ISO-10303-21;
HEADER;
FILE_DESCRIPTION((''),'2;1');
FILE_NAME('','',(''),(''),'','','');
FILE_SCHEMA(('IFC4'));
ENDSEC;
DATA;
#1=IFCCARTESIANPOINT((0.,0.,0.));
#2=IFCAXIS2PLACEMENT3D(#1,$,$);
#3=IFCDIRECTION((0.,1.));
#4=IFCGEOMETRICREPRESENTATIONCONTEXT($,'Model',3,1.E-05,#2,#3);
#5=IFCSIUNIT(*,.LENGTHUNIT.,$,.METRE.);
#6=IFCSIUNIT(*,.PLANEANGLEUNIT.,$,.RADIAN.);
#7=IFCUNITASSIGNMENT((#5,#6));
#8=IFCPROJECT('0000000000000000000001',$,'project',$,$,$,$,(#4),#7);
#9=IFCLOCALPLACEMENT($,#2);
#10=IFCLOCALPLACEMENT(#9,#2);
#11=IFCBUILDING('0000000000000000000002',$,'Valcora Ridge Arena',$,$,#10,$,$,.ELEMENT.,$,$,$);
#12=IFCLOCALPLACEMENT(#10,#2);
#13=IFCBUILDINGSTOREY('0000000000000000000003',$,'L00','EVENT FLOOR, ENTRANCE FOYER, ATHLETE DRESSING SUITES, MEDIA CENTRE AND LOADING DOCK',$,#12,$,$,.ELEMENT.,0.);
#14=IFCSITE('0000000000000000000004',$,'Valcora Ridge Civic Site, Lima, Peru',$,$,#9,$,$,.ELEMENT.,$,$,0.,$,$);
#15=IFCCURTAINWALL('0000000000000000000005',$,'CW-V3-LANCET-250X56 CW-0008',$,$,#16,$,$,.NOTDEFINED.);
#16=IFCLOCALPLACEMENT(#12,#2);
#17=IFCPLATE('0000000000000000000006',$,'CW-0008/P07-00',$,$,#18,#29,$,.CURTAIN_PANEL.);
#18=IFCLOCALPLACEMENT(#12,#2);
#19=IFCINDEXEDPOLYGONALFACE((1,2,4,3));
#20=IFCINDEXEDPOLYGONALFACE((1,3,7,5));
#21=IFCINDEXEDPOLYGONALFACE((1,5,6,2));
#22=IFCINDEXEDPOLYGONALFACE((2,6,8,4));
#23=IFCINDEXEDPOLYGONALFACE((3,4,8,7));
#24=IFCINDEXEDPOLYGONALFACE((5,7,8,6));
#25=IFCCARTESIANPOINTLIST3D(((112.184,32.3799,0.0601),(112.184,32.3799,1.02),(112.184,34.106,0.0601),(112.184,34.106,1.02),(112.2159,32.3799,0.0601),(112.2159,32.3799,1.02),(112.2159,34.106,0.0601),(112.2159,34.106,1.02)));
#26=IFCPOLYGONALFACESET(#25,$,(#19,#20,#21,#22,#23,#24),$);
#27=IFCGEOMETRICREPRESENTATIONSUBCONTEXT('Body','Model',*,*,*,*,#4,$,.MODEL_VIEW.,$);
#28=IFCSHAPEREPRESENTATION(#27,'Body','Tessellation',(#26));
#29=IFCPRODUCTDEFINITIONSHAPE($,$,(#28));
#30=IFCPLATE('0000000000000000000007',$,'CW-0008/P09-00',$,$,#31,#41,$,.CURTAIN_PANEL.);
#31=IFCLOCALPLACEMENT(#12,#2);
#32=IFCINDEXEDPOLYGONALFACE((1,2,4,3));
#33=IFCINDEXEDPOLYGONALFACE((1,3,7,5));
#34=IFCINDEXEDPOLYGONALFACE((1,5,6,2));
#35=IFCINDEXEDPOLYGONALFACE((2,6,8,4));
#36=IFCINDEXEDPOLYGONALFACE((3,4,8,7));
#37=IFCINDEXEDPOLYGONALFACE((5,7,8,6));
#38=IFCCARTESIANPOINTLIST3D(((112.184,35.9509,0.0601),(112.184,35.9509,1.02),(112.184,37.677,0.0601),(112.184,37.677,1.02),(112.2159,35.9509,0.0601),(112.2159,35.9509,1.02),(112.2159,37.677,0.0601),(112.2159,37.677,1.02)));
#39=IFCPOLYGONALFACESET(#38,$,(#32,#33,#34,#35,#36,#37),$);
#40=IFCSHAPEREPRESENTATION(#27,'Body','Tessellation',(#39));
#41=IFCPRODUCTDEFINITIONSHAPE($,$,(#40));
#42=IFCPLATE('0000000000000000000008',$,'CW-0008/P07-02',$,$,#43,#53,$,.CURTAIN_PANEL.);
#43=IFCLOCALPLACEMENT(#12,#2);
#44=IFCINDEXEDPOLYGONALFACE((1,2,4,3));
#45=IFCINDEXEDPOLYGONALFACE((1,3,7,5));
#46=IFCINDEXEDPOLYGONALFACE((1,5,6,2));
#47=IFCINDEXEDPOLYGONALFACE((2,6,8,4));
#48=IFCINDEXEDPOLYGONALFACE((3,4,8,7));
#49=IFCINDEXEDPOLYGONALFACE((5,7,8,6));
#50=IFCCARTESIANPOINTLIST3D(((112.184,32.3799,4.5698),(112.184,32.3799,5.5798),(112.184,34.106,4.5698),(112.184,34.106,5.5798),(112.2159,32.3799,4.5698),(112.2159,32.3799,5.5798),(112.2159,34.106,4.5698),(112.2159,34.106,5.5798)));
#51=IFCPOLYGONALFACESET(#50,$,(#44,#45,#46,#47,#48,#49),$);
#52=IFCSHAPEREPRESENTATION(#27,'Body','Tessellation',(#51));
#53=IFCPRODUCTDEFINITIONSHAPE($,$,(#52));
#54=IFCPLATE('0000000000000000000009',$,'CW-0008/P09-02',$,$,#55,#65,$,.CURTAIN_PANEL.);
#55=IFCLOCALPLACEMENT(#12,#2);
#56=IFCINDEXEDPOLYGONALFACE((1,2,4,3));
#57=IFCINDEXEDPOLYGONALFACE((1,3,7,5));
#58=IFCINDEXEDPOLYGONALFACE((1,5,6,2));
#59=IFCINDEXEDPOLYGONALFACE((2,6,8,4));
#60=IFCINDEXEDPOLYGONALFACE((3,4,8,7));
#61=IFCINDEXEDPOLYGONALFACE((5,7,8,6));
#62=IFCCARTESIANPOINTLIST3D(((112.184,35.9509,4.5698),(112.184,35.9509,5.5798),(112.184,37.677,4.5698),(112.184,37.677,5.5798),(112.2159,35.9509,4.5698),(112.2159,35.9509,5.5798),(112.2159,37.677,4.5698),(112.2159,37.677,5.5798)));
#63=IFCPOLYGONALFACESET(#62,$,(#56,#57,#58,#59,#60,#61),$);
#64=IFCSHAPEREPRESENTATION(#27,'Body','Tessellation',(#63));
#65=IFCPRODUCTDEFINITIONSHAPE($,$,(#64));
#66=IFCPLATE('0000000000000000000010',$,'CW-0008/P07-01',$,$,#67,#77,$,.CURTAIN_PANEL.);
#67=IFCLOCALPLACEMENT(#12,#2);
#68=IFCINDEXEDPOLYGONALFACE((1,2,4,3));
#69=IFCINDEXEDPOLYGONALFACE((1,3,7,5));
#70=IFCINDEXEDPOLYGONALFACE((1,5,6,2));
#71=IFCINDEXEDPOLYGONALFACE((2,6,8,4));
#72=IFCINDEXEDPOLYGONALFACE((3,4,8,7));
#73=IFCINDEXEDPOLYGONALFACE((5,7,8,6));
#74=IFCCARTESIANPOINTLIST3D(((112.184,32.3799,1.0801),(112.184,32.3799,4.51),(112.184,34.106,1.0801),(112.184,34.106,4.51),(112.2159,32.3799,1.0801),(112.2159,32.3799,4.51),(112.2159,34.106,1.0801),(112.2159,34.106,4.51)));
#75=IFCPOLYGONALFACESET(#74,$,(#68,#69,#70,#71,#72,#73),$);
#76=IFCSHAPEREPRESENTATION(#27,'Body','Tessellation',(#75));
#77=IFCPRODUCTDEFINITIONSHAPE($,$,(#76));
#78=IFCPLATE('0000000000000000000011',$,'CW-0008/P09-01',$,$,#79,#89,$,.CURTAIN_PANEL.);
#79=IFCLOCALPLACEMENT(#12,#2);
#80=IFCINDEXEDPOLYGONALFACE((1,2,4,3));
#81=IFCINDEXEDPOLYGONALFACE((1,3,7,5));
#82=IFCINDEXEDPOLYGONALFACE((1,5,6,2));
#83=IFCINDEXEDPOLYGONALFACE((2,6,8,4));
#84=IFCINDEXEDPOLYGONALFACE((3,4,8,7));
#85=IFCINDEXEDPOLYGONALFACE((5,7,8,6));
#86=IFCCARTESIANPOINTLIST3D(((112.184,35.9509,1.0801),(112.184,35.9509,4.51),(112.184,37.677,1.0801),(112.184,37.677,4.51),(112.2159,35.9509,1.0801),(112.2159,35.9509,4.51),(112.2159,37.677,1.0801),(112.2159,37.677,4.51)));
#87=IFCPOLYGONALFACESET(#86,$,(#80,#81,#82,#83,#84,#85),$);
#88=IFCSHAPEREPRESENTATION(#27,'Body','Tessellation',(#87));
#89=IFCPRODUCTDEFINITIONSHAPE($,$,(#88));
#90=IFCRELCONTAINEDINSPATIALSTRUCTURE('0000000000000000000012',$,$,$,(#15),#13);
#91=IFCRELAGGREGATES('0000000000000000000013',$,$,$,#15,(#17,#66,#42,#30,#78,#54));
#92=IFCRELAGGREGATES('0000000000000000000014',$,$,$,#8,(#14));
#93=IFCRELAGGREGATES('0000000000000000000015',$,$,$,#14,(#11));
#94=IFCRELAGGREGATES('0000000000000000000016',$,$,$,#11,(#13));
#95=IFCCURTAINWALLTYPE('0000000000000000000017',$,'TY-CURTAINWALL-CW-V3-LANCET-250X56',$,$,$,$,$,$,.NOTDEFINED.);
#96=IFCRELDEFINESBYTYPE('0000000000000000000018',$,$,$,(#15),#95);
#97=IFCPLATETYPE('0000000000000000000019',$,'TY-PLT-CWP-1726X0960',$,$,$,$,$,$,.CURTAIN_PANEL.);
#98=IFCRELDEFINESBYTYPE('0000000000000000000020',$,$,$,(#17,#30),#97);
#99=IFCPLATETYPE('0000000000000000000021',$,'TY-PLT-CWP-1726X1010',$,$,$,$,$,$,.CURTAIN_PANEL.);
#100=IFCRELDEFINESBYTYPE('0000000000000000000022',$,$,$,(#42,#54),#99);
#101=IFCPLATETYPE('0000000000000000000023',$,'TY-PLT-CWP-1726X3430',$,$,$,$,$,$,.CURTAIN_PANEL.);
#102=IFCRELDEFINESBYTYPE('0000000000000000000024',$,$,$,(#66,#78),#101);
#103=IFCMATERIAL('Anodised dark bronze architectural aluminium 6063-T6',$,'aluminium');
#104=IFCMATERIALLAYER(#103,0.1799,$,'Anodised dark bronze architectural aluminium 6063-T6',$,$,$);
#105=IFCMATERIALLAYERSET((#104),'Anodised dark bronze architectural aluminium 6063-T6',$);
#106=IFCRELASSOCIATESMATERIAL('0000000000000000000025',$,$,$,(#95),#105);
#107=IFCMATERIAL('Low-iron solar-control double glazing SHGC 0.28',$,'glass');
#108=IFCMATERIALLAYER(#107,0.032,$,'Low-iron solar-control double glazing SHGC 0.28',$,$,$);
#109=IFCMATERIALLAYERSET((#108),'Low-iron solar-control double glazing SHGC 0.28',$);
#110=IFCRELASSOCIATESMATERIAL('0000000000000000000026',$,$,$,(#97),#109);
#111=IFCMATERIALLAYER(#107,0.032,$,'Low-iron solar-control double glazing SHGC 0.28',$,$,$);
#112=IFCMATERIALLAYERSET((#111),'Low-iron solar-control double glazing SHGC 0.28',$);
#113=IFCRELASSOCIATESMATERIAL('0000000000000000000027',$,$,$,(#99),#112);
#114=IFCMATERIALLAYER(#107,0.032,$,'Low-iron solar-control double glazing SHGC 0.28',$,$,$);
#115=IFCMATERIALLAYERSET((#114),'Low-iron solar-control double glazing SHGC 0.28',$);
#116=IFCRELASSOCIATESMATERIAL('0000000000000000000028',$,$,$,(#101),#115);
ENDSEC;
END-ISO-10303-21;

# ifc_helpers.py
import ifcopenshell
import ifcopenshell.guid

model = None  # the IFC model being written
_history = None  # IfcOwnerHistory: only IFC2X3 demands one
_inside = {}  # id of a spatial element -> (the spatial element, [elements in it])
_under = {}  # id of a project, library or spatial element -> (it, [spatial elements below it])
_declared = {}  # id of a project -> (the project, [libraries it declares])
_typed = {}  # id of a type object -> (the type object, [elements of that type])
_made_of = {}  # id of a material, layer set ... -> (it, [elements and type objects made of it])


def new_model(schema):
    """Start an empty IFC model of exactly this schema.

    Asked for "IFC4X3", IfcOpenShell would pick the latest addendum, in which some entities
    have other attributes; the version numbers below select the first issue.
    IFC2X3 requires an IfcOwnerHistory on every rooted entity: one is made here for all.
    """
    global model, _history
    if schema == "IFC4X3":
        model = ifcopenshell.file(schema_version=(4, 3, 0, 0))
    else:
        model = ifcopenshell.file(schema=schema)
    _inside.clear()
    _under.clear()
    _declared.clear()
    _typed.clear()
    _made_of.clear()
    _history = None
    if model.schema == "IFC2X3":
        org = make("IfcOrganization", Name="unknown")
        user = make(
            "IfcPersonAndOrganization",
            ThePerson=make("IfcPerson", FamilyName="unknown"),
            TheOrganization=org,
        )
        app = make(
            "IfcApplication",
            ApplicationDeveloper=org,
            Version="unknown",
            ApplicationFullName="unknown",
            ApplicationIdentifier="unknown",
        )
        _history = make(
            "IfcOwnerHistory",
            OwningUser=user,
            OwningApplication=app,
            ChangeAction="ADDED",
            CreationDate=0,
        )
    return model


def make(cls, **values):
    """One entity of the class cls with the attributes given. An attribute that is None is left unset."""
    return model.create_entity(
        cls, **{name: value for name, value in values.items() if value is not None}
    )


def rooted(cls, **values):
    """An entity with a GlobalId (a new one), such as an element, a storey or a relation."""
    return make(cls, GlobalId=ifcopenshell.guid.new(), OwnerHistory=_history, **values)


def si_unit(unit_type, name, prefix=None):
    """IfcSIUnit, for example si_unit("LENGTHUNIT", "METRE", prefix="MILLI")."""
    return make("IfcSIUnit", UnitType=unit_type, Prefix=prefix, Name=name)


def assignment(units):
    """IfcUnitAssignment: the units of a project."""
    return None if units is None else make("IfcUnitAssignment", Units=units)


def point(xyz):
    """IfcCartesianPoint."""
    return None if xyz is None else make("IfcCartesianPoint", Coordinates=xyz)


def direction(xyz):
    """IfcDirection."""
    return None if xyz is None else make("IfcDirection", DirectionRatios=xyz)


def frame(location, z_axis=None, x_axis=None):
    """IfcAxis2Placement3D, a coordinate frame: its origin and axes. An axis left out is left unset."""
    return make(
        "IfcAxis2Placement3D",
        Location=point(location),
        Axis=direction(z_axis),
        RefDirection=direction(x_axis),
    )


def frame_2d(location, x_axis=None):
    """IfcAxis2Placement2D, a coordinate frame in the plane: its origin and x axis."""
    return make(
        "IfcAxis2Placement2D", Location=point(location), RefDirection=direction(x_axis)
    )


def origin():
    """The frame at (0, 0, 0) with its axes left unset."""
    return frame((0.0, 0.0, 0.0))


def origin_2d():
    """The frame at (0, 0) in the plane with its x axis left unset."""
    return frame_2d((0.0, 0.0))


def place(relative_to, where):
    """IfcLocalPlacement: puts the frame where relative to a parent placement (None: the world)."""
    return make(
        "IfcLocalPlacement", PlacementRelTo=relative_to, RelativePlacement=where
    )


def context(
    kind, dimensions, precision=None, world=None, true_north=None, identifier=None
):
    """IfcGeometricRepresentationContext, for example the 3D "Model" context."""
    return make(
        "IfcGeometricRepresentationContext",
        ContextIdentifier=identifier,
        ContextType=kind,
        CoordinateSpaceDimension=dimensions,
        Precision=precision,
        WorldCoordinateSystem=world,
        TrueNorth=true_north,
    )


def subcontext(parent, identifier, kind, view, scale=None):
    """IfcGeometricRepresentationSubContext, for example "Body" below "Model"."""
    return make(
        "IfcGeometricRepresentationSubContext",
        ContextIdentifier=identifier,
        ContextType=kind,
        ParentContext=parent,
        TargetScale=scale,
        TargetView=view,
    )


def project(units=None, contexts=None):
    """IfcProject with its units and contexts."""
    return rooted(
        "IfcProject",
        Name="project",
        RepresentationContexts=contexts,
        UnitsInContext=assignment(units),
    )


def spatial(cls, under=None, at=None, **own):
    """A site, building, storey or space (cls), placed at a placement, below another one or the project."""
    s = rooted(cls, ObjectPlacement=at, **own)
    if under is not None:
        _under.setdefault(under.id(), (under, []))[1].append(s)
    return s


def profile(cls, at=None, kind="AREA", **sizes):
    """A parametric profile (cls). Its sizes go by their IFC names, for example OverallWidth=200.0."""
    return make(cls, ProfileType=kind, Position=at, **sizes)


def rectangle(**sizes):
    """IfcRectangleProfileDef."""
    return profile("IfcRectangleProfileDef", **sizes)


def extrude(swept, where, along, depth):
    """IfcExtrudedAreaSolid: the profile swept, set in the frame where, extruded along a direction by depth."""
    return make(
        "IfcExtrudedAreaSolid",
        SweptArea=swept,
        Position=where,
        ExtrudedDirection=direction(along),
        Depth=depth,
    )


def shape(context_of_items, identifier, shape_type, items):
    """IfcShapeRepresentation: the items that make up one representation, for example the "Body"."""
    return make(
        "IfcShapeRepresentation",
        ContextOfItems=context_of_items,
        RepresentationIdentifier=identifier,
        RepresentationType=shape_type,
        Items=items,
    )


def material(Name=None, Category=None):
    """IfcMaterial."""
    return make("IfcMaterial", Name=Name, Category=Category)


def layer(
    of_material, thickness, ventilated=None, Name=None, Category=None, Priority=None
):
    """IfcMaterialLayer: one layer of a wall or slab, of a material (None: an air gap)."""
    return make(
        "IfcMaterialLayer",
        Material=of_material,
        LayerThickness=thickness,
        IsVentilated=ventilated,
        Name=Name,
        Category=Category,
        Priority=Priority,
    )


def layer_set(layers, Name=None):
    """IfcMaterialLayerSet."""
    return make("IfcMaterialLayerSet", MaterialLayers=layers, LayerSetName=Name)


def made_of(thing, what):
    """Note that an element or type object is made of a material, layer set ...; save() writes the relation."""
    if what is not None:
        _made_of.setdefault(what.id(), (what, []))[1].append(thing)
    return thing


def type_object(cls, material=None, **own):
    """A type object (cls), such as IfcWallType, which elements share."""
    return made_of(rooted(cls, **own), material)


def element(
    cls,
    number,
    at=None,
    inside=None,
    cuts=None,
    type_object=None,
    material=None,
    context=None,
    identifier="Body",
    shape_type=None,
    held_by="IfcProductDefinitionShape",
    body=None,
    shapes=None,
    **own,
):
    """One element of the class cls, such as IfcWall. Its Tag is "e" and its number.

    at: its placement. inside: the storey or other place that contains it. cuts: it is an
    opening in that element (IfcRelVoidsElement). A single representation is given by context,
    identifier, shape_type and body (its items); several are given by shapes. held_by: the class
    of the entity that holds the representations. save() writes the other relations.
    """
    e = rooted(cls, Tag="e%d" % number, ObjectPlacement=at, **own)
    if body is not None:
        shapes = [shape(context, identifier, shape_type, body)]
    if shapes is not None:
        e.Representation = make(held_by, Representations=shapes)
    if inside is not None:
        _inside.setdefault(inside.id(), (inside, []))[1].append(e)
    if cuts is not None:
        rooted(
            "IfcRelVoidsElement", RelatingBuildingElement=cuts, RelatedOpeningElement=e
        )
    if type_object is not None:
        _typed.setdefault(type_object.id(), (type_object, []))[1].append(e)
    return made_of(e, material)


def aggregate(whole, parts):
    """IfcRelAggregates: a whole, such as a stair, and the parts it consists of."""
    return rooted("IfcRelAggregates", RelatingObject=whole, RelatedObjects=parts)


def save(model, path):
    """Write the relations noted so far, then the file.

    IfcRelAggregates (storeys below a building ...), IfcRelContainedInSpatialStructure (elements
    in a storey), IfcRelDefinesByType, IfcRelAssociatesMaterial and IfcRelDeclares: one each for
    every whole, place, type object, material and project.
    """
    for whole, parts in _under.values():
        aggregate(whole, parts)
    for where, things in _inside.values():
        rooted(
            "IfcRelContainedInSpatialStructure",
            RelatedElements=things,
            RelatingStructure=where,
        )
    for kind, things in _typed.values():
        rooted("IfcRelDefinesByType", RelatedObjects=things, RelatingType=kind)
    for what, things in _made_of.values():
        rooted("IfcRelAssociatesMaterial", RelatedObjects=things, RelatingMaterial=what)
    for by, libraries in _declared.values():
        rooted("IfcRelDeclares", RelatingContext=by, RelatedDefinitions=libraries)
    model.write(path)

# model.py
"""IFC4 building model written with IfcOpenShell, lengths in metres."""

from ifc_helpers import new_model, si_unit, direction, frame, origin, origin_2d, place, context, subcontext, project, spatial, rectangle, extrude, material, layer, layer_set, type_object, element, aggregate, save


model = new_model("IFC4")

# Units and contexts
model_context = context("Model", 3, precision=1e-05, world=origin(), true_north=direction((0.0, 1.0)))
body_context = subcontext(model_context, "Body", "Model", "MODEL_VIEW")
ifc_project = project(units=[si_unit("LENGTHUNIT", "METRE"), si_unit("PLANEANGLEUNIT", "RADIAN")], contexts=[model_context])

# Site, building, storey
site_placement = place(None, origin())
site = spatial("IfcSite", under=ifc_project, at=site_placement, Name="Valcora Ridge Civic Site, Lima, Peru", CompositionType="ELEMENT", RefElevation=0.0)
building_placement = place(site_placement, origin())
building = spatial("IfcBuilding", under=site, at=building_placement, Name="Valcora Ridge Arena", CompositionType="ELEMENT")
storey_placement = place(building_placement, origin())
storey = spatial("IfcBuildingStorey", under=building, at=storey_placement, Name="L00", Description="EVENT FLOOR, ENTRANCE FOYER, ATHLETE DRESSING SUITES, MEDIA CENTRE AND LOADING DOCK", CompositionType="ELEMENT", Elevation=0.0)

# Curtain wall, plates
ifc_material_1 = material(Name="Anodised dark bronze architectural aluminium 6063-T6", Category="aluminium")
ifc_layer_1 = layer(ifc_material_1, 0.1799, Name="Anodised dark bronze architectural aluminium 6063-T6")
ifc_layer_set_1 = layer_set([ifc_layer_1], Name="Anodised dark bronze architectural aluminium 6063-T6")
curtain_wall_type = type_object("IfcCurtainWallType", Name="TY-CURTAINWALL-CW-V3-LANCET-250X56", PredefinedType="NOTDEFINED", material=ifc_layer_set_1)
curtain_wall_placement = place(storey_placement, origin())
curtain_wall = element("IfcCurtainWall", 1, at=curtain_wall_placement, inside=storey, type_object=curtain_wall_type, Name="CW-V3-LANCET-250X56 CW-0008", PredefinedType="NOTDEFINED")
ifc_material_2 = material(Name="Low-iron solar-control double glazing SHGC 0.28", Category="glass")
ifc_layer_2 = layer(ifc_material_2, 0.032, Name="Low-iron solar-control double glazing SHGC 0.28")
ifc_layer_set_2 = layer_set([ifc_layer_2], Name="Low-iron solar-control double glazing SHGC 0.28")
plate_type_1 = type_object("IfcPlateType", Name="TY-PLT-CWP-1726X0960", PredefinedType="CURTAIN_PANEL", material=ifc_layer_set_2)
plate_1_placement = place(storey_placement, frame((112.2, 33.2429, 0.0601), z_axis=(0.0, 0.0, 1.0), x_axis=(0.0, 1.0, 0.0)))
plate_1 = element("IfcPlate", 2, at=plate_1_placement, type_object=plate_type_1, Name="CW-0008/P07-00", PredefinedType="CURTAIN_PANEL", context=body_context, shape_type="SweptSolid", body=[
    extrude(rectangle(XDim=1.7261, YDim=0.032, at=origin_2d()), origin(), (0.0, 0.0, 1.0), 0.96),
])
plate_2_placement = place(storey_placement, frame((112.2, 36.814, 0.0601), z_axis=(0.0, 0.0, 1.0), x_axis=(0.0, 1.0, 0.0)))
plate_2 = element("IfcPlate", 3, at=plate_2_placement, type_object=plate_type_1, Name="CW-0008/P09-00", PredefinedType="CURTAIN_PANEL", context=body_context, shape_type="SweptSolid", body=[
    extrude(rectangle(XDim=1.7261, YDim=0.032, at=origin_2d()), origin(), (0.0, 0.0, 1.0), 0.96),
])
ifc_layer_3 = layer(ifc_material_2, 0.032, Name="Low-iron solar-control double glazing SHGC 0.28")
ifc_layer_set_3 = layer_set([ifc_layer_3], Name="Low-iron solar-control double glazing SHGC 0.28")
plate_type_2 = type_object("IfcPlateType", Name="TY-PLT-CWP-1726X1010", PredefinedType="CURTAIN_PANEL", material=ifc_layer_set_3)
plate_3_placement = place(storey_placement, frame((112.2, 33.2429, 4.5698), z_axis=(0.0, 0.0, 1.0), x_axis=(0.0, 1.0, 0.0)))
plate_3 = element("IfcPlate", 4, at=plate_3_placement, type_object=plate_type_2, Name="CW-0008/P07-02", PredefinedType="CURTAIN_PANEL", context=body_context, shape_type="SweptSolid", body=[
    extrude(rectangle(XDim=1.7261, YDim=0.032, at=origin_2d()), origin(), (0.0, 0.0, 1.0), 1.01),
])
plate_4_placement = place(storey_placement, frame((112.2, 36.814, 4.5698), z_axis=(0.0, 0.0, 1.0), x_axis=(0.0, 1.0, 0.0)))
plate_4 = element("IfcPlate", 5, at=plate_4_placement, type_object=plate_type_2, Name="CW-0008/P09-02", PredefinedType="CURTAIN_PANEL", context=body_context, shape_type="SweptSolid", body=[
    extrude(rectangle(XDim=1.7261, YDim=0.032, at=origin_2d()), origin(), (0.0, 0.0, 1.0), 1.01),
])
ifc_layer_4 = layer(ifc_material_2, 0.032, Name="Low-iron solar-control double glazing SHGC 0.28")
ifc_layer_set_4 = layer_set([ifc_layer_4], Name="Low-iron solar-control double glazing SHGC 0.28")
plate_type_3 = type_object("IfcPlateType", Name="TY-PLT-CWP-1726X3430", PredefinedType="CURTAIN_PANEL", material=ifc_layer_set_4)
plate_5_placement = place(storey_placement, frame((112.2, 33.2429, 1.0801), z_axis=(0.0, 0.0, 1.0), x_axis=(0.0, 1.0, 0.0)))
plate_5 = element("IfcPlate", 6, at=plate_5_placement, type_object=plate_type_3, Name="CW-0008/P07-01", PredefinedType="CURTAIN_PANEL", context=body_context, shape_type="SweptSolid", body=[
    extrude(rectangle(XDim=1.7261, YDim=0.032, at=origin_2d()), origin(), (0.0, 0.0, 1.0), 3.4299),
])
plate_6_placement = place(storey_placement, frame((112.2, 36.814, 1.0801), z_axis=(0.0, 0.0, 1.0), x_axis=(0.0, 1.0, 0.0)))
plate_6 = element("IfcPlate", 7, at=plate_6_placement, type_object=plate_type_3, Name="CW-0008/P09-01", PredefinedType="CURTAIN_PANEL", context=body_context, shape_type="SweptSolid", body=[
    extrude(rectangle(XDim=1.7261, YDim=0.032, at=origin_2d()), origin(), (0.0, 0.0, 1.0), 3.4299),
])
aggregate(curtain_wall, [plate_1, plate_5, plate_3, plate_2, plate_6, plate_4])

save(model, "model.ifc")
